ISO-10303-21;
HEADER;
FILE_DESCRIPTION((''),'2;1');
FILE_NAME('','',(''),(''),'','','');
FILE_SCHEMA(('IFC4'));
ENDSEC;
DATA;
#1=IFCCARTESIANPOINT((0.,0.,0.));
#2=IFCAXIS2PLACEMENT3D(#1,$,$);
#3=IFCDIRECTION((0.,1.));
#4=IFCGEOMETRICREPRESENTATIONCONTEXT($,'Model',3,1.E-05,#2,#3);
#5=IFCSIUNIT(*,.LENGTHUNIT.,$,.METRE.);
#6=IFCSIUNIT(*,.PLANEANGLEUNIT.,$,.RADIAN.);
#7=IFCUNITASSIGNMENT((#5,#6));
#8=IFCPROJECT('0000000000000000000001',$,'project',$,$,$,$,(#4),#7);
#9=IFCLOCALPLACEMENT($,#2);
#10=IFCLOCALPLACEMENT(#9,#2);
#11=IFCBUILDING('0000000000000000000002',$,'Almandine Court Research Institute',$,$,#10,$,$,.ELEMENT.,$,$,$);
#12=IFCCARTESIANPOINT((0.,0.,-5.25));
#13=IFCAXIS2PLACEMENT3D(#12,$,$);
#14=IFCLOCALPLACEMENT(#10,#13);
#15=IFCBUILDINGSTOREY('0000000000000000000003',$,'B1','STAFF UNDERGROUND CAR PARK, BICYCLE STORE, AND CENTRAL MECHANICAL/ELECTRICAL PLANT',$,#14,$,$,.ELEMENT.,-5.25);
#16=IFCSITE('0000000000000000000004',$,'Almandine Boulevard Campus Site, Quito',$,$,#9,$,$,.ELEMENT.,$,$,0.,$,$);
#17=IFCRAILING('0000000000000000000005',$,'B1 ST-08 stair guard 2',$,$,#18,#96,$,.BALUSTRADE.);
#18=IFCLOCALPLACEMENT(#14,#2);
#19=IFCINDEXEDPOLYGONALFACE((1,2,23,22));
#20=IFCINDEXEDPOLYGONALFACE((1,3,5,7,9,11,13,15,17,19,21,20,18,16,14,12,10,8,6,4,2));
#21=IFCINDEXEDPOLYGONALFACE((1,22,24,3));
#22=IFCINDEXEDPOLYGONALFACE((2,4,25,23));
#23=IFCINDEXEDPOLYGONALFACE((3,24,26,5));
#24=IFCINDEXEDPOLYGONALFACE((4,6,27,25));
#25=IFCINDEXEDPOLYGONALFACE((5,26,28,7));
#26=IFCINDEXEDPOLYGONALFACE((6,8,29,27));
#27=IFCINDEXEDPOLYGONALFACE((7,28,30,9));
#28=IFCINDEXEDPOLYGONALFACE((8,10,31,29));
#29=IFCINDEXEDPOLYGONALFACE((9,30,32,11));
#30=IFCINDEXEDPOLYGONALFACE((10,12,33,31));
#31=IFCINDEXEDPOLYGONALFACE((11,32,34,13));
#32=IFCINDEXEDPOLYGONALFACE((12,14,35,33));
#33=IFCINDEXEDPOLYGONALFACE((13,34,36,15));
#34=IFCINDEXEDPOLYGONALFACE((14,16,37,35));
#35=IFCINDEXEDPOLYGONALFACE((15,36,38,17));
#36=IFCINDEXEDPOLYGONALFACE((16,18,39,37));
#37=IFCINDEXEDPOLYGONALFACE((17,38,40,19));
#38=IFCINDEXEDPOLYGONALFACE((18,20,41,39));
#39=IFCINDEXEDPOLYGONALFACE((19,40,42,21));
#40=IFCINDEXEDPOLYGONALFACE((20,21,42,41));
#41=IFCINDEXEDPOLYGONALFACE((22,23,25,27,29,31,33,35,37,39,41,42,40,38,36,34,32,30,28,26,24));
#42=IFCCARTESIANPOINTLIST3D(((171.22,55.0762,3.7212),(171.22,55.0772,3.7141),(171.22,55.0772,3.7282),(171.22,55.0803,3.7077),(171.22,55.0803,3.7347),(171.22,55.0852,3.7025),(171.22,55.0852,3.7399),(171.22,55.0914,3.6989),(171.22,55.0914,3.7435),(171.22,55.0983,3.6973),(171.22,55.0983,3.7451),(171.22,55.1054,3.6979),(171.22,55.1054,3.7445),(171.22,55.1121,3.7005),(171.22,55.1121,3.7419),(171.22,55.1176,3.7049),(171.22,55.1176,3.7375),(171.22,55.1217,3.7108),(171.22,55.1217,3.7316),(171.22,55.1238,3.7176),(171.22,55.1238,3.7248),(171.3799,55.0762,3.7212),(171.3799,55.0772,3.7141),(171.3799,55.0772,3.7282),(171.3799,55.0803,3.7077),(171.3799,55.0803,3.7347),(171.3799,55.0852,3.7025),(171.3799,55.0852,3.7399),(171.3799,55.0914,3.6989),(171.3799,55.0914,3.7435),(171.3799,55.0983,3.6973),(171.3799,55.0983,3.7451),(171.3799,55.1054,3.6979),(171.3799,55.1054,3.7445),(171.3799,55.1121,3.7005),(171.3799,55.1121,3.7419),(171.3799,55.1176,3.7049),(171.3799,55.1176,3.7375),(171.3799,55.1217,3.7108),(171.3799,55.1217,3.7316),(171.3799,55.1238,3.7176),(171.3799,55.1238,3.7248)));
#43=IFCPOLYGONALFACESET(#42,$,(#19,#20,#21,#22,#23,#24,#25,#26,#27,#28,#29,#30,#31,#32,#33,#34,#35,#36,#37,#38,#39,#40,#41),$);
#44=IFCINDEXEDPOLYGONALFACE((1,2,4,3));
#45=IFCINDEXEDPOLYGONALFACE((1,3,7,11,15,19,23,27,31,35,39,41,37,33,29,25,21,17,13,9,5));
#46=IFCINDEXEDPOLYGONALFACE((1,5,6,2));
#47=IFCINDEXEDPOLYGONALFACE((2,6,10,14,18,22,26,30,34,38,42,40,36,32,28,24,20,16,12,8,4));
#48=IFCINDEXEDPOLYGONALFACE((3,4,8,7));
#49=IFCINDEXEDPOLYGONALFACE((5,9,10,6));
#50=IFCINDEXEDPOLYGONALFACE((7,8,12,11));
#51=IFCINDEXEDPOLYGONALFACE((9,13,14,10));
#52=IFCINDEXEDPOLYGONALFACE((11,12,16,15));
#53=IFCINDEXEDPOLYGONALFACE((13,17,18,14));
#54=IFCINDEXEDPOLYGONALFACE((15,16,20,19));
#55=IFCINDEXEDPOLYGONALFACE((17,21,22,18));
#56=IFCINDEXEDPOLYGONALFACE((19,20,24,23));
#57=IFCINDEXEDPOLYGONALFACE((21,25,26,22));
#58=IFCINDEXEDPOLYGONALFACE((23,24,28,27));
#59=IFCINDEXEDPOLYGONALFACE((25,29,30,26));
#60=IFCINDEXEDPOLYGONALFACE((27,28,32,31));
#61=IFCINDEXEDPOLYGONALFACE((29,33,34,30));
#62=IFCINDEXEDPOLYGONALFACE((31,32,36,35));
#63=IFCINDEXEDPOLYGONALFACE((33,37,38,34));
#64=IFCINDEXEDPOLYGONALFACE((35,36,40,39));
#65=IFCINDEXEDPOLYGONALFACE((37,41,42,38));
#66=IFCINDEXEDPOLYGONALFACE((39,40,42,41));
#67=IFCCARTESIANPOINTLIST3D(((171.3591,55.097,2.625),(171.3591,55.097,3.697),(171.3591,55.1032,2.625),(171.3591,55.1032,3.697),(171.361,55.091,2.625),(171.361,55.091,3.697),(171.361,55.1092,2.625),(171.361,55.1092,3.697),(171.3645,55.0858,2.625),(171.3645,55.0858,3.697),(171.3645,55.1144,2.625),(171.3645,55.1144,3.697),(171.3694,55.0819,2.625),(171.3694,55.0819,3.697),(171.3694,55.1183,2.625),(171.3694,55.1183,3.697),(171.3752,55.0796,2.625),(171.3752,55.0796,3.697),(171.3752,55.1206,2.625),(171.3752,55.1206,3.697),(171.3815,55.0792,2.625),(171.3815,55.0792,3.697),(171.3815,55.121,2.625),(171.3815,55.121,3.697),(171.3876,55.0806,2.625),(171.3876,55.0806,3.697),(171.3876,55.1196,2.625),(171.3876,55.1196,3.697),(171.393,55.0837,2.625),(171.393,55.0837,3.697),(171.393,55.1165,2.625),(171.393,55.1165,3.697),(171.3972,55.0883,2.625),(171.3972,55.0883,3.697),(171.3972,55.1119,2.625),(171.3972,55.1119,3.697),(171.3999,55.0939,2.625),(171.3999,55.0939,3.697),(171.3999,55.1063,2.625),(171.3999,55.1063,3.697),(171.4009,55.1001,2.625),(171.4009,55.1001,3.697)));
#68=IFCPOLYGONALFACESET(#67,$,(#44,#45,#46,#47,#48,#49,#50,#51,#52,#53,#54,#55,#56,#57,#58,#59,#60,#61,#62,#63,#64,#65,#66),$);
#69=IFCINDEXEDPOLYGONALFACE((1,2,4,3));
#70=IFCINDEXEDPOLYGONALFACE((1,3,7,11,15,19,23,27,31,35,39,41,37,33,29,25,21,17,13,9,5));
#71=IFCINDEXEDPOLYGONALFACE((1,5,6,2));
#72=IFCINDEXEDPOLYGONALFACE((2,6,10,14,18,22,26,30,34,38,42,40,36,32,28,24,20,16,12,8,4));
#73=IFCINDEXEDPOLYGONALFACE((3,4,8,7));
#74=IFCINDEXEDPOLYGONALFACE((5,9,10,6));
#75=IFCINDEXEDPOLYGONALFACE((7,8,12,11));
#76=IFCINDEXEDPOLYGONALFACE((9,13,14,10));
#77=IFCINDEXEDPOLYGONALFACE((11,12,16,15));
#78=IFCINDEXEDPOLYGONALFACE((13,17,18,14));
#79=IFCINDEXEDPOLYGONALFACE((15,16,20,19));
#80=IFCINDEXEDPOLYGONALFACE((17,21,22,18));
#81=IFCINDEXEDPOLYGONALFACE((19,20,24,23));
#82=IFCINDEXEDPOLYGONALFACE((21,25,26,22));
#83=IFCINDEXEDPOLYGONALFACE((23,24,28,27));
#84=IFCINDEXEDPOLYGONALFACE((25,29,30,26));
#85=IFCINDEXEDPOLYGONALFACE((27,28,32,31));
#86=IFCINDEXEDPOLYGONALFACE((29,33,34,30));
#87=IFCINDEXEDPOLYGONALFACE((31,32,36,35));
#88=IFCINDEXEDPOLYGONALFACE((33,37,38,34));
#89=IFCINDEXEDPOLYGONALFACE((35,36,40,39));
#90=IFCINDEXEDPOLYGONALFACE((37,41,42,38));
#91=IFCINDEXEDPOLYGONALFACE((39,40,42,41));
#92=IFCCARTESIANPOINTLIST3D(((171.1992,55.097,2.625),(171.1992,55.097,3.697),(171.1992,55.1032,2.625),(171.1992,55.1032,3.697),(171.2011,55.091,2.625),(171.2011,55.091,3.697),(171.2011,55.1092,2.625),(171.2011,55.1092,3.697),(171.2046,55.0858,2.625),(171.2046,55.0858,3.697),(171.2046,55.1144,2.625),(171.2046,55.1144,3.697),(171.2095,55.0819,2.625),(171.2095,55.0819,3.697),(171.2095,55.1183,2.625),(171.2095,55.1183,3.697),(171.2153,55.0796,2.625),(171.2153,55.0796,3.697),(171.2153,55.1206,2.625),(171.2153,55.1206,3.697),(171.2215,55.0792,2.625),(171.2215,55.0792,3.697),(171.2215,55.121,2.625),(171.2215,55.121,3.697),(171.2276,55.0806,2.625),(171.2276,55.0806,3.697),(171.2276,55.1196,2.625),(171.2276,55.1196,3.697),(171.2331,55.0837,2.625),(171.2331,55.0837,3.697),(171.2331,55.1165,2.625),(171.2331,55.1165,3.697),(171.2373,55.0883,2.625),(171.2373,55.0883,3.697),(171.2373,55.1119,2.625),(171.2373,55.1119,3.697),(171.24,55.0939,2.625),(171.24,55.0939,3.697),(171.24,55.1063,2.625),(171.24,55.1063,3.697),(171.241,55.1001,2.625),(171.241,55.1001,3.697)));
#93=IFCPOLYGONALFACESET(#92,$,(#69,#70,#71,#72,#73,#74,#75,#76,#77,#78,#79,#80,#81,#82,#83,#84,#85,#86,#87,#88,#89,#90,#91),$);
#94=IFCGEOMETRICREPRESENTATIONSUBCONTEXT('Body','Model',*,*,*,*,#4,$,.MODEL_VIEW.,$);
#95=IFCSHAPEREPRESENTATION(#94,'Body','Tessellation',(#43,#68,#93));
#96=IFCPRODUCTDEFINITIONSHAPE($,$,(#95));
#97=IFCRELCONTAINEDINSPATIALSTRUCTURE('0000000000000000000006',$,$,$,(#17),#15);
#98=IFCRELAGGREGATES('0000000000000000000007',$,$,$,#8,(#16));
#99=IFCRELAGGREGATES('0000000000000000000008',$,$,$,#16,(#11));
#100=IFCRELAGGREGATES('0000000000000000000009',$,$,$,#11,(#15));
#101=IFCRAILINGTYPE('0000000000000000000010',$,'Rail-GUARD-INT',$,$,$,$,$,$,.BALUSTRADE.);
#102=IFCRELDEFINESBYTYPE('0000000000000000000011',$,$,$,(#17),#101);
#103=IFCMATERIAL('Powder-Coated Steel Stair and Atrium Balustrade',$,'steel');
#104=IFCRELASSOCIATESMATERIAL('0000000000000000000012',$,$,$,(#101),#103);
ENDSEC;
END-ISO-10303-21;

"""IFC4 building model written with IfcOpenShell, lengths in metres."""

from ifc_helpers import new_model, si_unit, direction, frame, origin, origin_2d, place, context, subcontext, project, spatial, circle, extrude, material, type_object, element, save


model = new_model("IFC4")

# Units and contexts
model_context = context("Model", 3, precision=1e-05, world=origin(), true_north=direction((0.0, 1.0)))
body_context = subcontext(model_context, "Body", "Model", "MODEL_VIEW")
ifc_project = project(units=[si_unit("LENGTHUNIT", "METRE"), si_unit("PLANEANGLEUNIT", "RADIAN")], contexts=[model_context])

# Site, building, storey
site_placement = place(None, origin())
site = spatial("IfcSite", under=ifc_project, at=site_placement, Name="Almandine Boulevard Campus Site, Quito", CompositionType="ELEMENT", RefElevation=0.0)
building_placement = place(site_placement, origin())
building = spatial("IfcBuilding", under=site, at=building_placement, Name="Almandine Court Research Institute", CompositionType="ELEMENT")
storey_placement = place(building_placement, frame((0.0, 0.0, -5.25)))
storey = spatial("IfcBuildingStorey", under=building, at=storey_placement, Name="B1", Description="STAFF UNDERGROUND CAR PARK, BICYCLE STORE, AND CENTRAL MECHANICAL/ELECTRICAL PLANT", CompositionType="ELEMENT", Elevation=-5.25)

# Railing
ifc_material_1 = material(Name="Powder-Coated Steel Stair and Atrium Balustrade", Category="steel")
railing_type_1 = type_object("IfcRailingType", Name="Rail-GUARD-INT", PredefinedType="BALUSTRADE", material=ifc_material_1)
railing_1_placement = place(storey_placement, frame((171.3799, 55.1001, 2.625)))
element("IfcRailing", 1, at=railing_1_placement, inside=storey, type_object=railing_type_1, Name="B1 ST-08 stair guard 2", PredefinedType="BALUSTRADE", context=body_context, shape_type="SweptSolid", body=[
    extrude(circle(Radius=0.0239, at=origin_2d()), frame((0.0, 0.0, 1.0962), z_axis=(-1.0, 0.0, 0.0), x_axis=(0.0, -1.0, 0.0)), (0.0, 0.0, 1.0), 0.1599),
    extrude(circle(Radius=0.021, at=origin_2d()), origin(), (0.0, 0.0, 1.0), 1.072),
    extrude(circle(Radius=0.021, at=origin_2d()), frame((-0.1599, 0.0, 0.0)), (0.0, 0.0, 1.0), 1.072),
])

save(model, "model.ifc")
